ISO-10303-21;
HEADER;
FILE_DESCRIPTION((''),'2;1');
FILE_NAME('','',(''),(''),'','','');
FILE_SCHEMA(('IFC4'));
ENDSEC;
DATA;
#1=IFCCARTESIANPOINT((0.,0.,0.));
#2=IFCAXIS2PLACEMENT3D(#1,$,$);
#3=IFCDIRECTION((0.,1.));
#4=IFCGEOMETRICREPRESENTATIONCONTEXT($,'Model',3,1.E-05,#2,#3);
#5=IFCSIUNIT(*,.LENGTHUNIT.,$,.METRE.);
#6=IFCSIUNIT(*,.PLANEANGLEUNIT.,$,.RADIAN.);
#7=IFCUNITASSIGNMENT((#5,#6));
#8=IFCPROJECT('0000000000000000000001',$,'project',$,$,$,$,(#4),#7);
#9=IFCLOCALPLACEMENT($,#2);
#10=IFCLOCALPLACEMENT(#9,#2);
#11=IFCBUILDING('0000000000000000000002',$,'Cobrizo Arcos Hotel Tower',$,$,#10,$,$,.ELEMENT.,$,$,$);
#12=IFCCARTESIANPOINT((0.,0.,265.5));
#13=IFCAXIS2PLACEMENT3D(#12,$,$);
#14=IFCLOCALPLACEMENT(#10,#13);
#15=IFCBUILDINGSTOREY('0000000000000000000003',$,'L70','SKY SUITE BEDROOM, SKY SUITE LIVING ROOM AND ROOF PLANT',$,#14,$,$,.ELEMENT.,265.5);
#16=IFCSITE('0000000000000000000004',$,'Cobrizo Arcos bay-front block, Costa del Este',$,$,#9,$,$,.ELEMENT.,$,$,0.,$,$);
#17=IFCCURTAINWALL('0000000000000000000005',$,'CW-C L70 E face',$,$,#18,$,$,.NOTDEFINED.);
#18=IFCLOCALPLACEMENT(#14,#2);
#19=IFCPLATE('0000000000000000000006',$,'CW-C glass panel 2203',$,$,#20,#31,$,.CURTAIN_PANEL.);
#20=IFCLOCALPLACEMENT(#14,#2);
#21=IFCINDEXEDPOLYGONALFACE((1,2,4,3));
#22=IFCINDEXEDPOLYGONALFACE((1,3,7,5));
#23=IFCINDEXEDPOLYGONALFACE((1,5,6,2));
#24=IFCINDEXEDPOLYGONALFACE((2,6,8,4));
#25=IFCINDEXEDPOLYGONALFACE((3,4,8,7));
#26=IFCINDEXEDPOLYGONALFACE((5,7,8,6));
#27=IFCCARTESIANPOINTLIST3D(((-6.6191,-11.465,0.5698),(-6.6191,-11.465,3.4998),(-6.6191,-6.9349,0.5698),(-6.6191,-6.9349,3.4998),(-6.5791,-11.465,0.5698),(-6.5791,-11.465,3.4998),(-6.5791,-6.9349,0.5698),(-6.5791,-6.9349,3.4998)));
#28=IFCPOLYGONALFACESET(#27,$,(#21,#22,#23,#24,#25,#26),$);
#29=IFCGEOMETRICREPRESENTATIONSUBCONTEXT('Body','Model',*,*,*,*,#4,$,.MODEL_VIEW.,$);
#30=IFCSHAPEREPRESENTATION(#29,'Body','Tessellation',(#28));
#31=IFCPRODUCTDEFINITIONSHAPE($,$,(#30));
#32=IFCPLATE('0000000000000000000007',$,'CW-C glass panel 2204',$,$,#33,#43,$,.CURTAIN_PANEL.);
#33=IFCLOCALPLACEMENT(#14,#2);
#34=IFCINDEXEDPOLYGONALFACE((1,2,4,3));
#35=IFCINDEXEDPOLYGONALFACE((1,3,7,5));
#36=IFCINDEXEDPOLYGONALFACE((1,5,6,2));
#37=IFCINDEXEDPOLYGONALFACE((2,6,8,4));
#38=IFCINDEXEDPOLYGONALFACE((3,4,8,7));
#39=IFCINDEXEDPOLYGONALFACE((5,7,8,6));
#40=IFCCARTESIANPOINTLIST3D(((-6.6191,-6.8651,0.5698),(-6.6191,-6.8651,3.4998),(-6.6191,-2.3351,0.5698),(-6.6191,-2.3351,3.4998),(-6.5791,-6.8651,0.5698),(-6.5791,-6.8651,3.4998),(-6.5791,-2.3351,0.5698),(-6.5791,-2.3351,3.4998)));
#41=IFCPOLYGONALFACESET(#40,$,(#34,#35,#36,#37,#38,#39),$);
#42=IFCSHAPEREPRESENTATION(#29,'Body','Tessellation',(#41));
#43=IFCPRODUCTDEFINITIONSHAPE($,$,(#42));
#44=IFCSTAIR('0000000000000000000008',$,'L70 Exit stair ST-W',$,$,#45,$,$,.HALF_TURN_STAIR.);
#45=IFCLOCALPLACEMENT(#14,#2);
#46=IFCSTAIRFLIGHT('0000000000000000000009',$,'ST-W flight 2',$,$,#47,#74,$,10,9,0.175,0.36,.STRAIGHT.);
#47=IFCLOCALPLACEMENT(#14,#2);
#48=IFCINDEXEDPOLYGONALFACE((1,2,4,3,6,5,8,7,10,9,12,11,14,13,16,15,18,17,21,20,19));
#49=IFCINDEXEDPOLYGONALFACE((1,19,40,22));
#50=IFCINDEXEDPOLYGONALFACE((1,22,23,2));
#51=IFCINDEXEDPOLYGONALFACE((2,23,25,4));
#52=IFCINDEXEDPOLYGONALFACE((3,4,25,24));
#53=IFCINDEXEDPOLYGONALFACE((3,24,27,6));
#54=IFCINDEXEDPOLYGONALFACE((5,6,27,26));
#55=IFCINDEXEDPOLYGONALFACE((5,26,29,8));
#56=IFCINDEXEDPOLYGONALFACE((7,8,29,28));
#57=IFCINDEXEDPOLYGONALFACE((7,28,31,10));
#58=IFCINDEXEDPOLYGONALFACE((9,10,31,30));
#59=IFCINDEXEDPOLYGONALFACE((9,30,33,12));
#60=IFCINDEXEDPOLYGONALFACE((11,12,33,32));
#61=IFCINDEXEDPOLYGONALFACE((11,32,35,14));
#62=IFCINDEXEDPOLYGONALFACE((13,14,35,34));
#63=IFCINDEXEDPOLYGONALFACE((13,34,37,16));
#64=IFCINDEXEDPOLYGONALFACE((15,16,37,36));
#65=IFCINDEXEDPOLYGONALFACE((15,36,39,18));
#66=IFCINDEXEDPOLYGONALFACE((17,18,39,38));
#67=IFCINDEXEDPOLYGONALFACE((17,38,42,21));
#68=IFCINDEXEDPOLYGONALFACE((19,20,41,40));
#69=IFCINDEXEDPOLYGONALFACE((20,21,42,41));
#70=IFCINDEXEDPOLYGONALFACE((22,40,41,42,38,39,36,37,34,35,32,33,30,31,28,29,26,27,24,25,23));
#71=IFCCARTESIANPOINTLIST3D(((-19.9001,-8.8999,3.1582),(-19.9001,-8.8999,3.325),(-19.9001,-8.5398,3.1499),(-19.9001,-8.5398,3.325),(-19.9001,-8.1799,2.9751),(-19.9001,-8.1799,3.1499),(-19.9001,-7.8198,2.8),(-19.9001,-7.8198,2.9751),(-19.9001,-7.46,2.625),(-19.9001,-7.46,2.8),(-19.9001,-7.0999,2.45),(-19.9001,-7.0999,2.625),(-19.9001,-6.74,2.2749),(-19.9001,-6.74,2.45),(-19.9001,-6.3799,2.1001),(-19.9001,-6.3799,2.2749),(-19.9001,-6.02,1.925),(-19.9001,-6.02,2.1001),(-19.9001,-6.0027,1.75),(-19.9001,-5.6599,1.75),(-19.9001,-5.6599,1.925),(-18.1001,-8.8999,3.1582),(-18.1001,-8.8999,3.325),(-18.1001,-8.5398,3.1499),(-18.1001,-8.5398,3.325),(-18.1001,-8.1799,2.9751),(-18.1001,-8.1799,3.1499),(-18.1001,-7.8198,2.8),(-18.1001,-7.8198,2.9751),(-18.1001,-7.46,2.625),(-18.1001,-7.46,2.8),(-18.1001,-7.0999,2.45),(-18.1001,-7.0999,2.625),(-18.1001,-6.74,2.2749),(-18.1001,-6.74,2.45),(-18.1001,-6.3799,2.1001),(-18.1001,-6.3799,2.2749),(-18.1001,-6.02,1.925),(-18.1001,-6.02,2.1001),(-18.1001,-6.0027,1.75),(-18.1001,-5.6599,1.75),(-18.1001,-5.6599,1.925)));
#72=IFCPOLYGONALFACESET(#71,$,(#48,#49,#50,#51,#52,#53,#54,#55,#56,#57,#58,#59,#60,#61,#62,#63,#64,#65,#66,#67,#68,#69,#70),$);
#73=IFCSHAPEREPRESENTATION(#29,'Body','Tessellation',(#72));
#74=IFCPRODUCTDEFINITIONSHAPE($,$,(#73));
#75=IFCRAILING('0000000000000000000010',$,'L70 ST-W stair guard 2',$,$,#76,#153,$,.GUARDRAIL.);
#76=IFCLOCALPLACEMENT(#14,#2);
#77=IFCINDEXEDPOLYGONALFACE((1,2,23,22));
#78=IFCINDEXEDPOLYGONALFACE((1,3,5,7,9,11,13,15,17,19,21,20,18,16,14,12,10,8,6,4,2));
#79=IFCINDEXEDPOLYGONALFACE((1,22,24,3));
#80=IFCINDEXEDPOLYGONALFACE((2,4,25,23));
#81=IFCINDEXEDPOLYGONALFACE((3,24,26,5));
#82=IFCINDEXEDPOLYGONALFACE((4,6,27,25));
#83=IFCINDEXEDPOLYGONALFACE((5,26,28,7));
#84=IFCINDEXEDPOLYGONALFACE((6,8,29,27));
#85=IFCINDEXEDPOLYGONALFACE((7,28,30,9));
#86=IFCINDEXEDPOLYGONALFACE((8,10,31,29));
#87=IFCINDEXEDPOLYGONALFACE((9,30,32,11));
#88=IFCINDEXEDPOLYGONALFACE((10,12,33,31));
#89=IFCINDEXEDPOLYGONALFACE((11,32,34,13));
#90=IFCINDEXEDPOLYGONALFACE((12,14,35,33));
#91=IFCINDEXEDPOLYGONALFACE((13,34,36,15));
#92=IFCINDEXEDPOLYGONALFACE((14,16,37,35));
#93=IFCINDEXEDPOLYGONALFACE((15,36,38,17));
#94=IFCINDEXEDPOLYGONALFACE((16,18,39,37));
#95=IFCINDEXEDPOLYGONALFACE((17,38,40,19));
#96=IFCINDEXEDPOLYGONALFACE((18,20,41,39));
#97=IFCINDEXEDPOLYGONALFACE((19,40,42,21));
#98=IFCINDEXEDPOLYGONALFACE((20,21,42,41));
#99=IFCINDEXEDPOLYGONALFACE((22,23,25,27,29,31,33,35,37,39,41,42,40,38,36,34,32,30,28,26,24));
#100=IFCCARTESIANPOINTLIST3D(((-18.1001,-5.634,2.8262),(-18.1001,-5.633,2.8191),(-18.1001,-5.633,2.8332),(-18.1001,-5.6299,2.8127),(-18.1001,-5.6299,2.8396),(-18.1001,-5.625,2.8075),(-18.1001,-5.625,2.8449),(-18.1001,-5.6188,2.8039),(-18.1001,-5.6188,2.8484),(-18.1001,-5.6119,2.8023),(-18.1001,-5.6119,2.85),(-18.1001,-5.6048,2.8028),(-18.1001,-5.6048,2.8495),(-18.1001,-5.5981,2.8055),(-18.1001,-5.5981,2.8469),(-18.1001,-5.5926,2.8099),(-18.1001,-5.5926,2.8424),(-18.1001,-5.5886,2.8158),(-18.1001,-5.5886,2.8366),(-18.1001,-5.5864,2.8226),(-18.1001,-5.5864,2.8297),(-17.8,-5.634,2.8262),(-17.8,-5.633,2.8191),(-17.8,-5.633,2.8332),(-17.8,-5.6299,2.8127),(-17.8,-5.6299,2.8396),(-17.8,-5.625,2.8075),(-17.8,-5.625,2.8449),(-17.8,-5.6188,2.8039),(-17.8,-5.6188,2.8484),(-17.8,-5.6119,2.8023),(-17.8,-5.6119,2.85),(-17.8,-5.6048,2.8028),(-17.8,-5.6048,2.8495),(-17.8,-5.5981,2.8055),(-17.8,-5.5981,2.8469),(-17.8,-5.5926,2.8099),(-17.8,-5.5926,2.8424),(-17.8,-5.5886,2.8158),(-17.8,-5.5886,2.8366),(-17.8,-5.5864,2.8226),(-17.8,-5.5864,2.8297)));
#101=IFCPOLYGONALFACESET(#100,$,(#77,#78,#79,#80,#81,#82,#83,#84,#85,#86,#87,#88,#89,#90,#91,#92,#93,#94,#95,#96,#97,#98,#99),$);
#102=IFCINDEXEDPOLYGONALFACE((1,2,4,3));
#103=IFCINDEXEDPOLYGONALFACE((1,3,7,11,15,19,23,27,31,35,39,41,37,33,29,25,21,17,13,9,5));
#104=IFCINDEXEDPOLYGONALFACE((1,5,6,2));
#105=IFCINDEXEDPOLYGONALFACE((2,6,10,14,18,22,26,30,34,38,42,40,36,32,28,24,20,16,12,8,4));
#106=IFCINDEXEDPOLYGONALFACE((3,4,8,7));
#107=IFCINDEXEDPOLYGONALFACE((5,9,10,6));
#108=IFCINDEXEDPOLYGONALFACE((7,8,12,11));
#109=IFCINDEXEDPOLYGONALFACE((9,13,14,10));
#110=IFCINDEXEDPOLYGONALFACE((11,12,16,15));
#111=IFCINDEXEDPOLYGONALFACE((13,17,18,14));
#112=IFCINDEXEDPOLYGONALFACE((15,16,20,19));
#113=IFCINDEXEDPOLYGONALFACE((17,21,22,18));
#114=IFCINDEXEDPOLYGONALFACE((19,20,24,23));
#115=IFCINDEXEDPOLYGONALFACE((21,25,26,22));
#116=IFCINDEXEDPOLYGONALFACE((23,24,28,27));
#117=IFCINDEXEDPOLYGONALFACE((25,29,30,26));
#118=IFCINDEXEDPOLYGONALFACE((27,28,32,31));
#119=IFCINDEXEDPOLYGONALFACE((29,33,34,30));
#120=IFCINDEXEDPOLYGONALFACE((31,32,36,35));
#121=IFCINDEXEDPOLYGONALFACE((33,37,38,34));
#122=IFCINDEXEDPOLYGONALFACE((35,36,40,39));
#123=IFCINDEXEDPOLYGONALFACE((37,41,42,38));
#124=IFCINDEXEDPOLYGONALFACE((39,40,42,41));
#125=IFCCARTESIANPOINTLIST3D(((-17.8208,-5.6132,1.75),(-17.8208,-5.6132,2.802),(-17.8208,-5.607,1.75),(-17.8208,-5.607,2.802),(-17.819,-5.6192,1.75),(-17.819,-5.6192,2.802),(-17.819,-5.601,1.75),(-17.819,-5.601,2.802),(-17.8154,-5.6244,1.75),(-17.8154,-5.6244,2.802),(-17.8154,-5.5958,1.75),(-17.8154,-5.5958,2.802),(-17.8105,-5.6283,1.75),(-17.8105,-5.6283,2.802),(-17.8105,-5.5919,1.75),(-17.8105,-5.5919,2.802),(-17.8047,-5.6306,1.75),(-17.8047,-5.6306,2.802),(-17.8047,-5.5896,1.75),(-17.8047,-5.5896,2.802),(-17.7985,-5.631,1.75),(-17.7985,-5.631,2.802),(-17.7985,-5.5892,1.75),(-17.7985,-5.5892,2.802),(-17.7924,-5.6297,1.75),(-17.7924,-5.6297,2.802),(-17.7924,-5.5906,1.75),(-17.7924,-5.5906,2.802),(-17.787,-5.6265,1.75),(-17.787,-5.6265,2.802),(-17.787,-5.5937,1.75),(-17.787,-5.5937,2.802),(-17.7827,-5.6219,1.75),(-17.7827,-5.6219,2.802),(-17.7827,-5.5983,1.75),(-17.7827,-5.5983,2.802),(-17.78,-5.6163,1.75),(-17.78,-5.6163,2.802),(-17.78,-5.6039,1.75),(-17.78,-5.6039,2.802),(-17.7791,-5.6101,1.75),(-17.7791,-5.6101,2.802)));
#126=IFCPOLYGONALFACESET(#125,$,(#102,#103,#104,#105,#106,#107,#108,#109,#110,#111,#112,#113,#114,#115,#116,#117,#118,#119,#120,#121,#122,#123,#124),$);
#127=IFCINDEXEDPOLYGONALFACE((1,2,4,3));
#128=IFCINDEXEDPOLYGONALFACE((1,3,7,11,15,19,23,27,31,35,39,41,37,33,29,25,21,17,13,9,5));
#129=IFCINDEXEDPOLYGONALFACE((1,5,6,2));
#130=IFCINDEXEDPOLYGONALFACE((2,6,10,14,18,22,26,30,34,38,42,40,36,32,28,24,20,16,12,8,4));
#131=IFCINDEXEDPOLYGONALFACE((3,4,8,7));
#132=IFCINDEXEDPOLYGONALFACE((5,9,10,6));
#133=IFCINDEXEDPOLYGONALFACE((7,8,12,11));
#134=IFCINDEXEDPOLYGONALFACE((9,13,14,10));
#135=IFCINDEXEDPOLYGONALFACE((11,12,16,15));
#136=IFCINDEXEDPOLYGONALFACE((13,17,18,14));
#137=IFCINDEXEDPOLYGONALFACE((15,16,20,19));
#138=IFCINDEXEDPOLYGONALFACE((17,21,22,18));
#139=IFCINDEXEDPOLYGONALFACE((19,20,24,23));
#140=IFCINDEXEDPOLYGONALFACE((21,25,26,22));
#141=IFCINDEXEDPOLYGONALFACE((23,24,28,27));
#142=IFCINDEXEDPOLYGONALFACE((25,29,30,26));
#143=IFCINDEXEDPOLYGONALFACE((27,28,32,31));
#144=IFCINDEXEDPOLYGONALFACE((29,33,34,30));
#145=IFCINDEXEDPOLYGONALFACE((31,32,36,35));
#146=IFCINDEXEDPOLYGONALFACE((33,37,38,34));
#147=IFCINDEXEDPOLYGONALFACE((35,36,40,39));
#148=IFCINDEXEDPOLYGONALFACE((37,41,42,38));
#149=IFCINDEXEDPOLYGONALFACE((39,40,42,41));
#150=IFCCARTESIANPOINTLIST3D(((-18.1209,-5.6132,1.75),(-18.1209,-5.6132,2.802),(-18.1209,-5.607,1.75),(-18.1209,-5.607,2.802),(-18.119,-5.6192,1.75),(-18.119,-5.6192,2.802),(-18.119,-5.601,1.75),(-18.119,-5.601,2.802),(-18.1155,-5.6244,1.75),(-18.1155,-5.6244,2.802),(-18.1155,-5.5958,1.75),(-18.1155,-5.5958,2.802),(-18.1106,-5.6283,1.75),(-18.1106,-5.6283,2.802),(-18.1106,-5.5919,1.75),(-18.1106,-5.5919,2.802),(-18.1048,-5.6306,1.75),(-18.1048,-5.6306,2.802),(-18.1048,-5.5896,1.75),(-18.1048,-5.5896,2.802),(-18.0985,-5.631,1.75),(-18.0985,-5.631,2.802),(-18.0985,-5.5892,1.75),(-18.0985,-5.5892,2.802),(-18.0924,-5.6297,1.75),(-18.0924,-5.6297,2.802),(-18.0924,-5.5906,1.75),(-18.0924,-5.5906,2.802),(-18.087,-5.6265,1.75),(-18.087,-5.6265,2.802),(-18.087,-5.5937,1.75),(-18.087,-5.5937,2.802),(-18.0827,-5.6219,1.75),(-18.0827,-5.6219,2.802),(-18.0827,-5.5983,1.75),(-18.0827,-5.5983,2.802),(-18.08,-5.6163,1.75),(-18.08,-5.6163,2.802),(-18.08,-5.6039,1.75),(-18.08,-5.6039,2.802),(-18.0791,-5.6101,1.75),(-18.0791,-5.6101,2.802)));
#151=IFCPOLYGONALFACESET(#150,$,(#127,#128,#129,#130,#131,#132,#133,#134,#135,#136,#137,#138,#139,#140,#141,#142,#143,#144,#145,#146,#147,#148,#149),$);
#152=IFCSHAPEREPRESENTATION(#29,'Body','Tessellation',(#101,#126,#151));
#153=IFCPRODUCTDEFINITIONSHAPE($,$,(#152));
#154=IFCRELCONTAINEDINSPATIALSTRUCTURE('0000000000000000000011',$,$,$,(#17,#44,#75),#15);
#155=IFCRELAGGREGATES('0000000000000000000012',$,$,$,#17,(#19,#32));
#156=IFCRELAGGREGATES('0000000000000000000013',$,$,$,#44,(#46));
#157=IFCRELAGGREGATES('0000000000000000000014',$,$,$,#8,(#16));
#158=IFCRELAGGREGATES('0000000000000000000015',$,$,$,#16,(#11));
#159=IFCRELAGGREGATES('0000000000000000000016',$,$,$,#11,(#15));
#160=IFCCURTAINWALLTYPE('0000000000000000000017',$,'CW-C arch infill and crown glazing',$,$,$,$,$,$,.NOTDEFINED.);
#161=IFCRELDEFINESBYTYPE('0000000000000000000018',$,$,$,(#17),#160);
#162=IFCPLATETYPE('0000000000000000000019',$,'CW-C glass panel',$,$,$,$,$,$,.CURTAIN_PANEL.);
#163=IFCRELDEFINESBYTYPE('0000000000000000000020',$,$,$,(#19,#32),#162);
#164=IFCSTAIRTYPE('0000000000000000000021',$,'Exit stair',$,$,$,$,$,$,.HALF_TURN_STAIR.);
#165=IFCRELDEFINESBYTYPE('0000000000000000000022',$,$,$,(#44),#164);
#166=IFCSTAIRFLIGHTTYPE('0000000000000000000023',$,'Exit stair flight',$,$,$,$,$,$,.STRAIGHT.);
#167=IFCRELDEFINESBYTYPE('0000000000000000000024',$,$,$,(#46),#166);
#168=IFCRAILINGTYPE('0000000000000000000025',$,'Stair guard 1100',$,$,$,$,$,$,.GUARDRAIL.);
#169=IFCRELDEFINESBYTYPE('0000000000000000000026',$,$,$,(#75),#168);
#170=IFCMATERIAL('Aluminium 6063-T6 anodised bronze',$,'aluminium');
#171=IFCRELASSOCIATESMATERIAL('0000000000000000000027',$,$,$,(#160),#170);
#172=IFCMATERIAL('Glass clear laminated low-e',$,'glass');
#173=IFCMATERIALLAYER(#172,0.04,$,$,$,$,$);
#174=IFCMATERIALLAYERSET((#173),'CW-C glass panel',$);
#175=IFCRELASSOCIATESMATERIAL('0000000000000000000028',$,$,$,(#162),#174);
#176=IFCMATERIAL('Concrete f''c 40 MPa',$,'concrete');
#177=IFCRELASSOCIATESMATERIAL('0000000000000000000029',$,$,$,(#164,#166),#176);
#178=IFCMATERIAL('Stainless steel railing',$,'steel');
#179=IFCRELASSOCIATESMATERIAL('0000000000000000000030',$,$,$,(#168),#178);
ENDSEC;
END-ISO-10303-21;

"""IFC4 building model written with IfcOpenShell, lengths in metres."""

from ifc_helpers import new_model, si_unit, direction, frame, origin, origin_2d, place, context, subcontext, project, spatial, polyline, rectangle, circle, outline, extrude, material, layer, layer_set, type_object, element, aggregate, save


model = new_model("IFC4")

# Units and contexts
model_context = context("Model", 3, precision=1e-05, world=origin(), true_north=direction((0.0, 1.0)))
body_context = subcontext(model_context, "Body", "Model", "MODEL_VIEW")
ifc_project = project(units=[si_unit("LENGTHUNIT", "METRE"), si_unit("PLANEANGLEUNIT", "RADIAN")], contexts=[model_context])

# Site, building, storey
site_placement = place(None, origin())
site = spatial("IfcSite", under=ifc_project, at=site_placement, Name="Cobrizo Arcos bay-front block, Costa del Este", CompositionType="ELEMENT", RefElevation=0.0)
building_placement = place(site_placement, origin())
building = spatial("IfcBuilding", under=site, at=building_placement, Name="Cobrizo Arcos Hotel Tower", CompositionType="ELEMENT")
storey_placement = place(building_placement, frame((0.0, 0.0, 265.5)))
storey = spatial("IfcBuildingStorey", under=building, at=storey_placement, Name="L70", Description="SKY SUITE BEDROOM, SKY SUITE LIVING ROOM AND ROOF PLANT", CompositionType="ELEMENT", Elevation=265.5)

# Shared definitions
ifc_material_1 = material(Name="Aluminium 6063-T6 anodised bronze", Category="aluminium")

# Curtain wall
curtain_wall_type_1 = type_object("IfcCurtainWallType", Name="CW-C arch infill and crown glazing", PredefinedType="NOTDEFINED", material=ifc_material_1)
curtain_wall_1_placement = place(storey_placement, origin())
curtain_wall_1 = element("IfcCurtainWall", 1, at=curtain_wall_1_placement, inside=storey, type_object=curtain_wall_type_1, Name="CW-C L70 E face", PredefinedType="NOTDEFINED")

# Plates
ifc_material_2 = material(Name="Glass clear laminated low-e", Category="glass")
ifc_layer_1 = layer(ifc_material_2, 0.04)
ifc_layer_set_1 = layer_set([ifc_layer_1], Name="CW-C glass panel")
plate_type_1 = type_object("IfcPlateType", Name="CW-C glass panel", PredefinedType="CURTAIN_PANEL", material=ifc_layer_set_1)
plate_1_placement = place(storey_placement, frame((-6.5991, -9.2, 0.5698), z_axis=(0.0, 0.0, 1.0), x_axis=(0.0, 1.0, 0.0)))
plate_1 = element("IfcPlate", 2, at=plate_1_placement, type_object=plate_type_1, Name="CW-C glass panel 2203", PredefinedType="CURTAIN_PANEL", context=body_context, shape_type="SweptSolid", body=[
    extrude(rectangle(XDim=4.53, YDim=0.04, at=origin_2d()), origin(), (0.0, 0.0, 1.0), 2.9299),
])
plate_2_placement = place(storey_placement, frame((-6.5991, -4.6001, 0.5698), z_axis=(0.0, 0.0, 1.0), x_axis=(0.0, 1.0, 0.0)))
plate_2 = element("IfcPlate", 3, at=plate_2_placement, type_object=plate_type_1, Name="CW-C glass panel 2204", PredefinedType="CURTAIN_PANEL", context=body_context, shape_type="SweptSolid", body=[
    extrude(rectangle(XDim=4.53, YDim=0.04, at=origin_2d()), origin(), (0.0, 0.0, 1.0), 2.9299),
])
aggregate(curtain_wall_1, [plate_1, plate_2])

# Stair, stair flight
ifc_material_3 = material(Name="Concrete f'c 40 MPa", Category="concrete")
stair_type = type_object("IfcStairType", Name="Exit stair", PredefinedType="HALF_TURN_STAIR", material=ifc_material_3)
stair_placement = place(storey_placement, origin())
stair = element("IfcStair", 4, at=stair_placement, inside=storey, type_object=stair_type, Name="L70 Exit stair ST-W", PredefinedType="HALF_TURN_STAIR")
stair_flight_type = type_object("IfcStairFlightType", Name="Exit stair flight", PredefinedType="STRAIGHT", material=ifc_material_3)
stair_flight_placement = place(storey_placement, frame((-19.0, -5.6599, 1.75), z_axis=(0.0, 0.0, 1.0), x_axis=(0.0, -1.0, 0.0)))
stair_flight = element("IfcStairFlight", 5, at=stair_flight_placement, type_object=stair_flight_type, Name="ST-W flight 2", NumberOfRisers=10, NumberOfTreads=9, PredefinedType="STRAIGHT", RiserHeight=0.175, TreadLength=0.36, context=body_context, shape_type="SweptSolid", body=[
    extrude(outline(polyline([(0.0, 0.0), (0.0, 0.175), (0.3601, 0.175), (0.3601, 0.3501), (0.72, 0.3501), (0.72, 0.5249), (1.0801, 0.5249), (1.0801, 0.7), (1.4399, 0.7), (1.4399, 0.875), (1.8, 0.875), (1.8, 1.05), (2.1599, 1.05), (2.1599, 1.2251), (2.52, 1.2251), (2.52, 1.3999), (2.8799, 1.3999), (2.8799, 1.575), (3.24, 1.575), (3.24, 1.75), (3.24, 1.4082), (0.3428, 0.0), (0.0, 0.0)])), frame((0.0, 0.8999, 0.0), z_axis=(0.0, -1.0, 0.0), x_axis=(1.0, 0.0, 0.0)), (0.0, 0.0, 1.0), 1.8),
])
aggregate(stair, [stair_flight])

# Railing
ifc_material_4 = material(Name="Stainless steel railing", Category="steel")
railing_type_1 = type_object("IfcRailingType", Name="Stair guard 1100", PredefinedType="GUARDRAIL", material=ifc_material_4)
railing_1_placement = place(storey_placement, frame((-17.8, -5.6101, 1.75)))
element("IfcRailing", 6, at=railing_1_placement, inside=storey, type_object=railing_type_1, Name="L70 ST-W stair guard 2", PredefinedType="GUARDRAIL", context=body_context, shape_type="SweptSolid", body=[
    extrude(circle(Radius=0.0239, at=origin_2d()), frame((0.0, 0.0, 1.0762), z_axis=(-1.0, 0.0, 0.0), x_axis=(0.0, -1.0, 0.0)), (0.0, 0.0, 1.0), 0.3),
    extrude(circle(Radius=0.021, at=origin_2d()), origin(), (0.0, 0.0, 1.0), 1.052),
    extrude(circle(Radius=0.021, at=origin_2d()), frame((-0.3, 0.0, 0.0)), (0.0, 0.0, 1.0), 1.052),
])

save(model, "model.ifc")
